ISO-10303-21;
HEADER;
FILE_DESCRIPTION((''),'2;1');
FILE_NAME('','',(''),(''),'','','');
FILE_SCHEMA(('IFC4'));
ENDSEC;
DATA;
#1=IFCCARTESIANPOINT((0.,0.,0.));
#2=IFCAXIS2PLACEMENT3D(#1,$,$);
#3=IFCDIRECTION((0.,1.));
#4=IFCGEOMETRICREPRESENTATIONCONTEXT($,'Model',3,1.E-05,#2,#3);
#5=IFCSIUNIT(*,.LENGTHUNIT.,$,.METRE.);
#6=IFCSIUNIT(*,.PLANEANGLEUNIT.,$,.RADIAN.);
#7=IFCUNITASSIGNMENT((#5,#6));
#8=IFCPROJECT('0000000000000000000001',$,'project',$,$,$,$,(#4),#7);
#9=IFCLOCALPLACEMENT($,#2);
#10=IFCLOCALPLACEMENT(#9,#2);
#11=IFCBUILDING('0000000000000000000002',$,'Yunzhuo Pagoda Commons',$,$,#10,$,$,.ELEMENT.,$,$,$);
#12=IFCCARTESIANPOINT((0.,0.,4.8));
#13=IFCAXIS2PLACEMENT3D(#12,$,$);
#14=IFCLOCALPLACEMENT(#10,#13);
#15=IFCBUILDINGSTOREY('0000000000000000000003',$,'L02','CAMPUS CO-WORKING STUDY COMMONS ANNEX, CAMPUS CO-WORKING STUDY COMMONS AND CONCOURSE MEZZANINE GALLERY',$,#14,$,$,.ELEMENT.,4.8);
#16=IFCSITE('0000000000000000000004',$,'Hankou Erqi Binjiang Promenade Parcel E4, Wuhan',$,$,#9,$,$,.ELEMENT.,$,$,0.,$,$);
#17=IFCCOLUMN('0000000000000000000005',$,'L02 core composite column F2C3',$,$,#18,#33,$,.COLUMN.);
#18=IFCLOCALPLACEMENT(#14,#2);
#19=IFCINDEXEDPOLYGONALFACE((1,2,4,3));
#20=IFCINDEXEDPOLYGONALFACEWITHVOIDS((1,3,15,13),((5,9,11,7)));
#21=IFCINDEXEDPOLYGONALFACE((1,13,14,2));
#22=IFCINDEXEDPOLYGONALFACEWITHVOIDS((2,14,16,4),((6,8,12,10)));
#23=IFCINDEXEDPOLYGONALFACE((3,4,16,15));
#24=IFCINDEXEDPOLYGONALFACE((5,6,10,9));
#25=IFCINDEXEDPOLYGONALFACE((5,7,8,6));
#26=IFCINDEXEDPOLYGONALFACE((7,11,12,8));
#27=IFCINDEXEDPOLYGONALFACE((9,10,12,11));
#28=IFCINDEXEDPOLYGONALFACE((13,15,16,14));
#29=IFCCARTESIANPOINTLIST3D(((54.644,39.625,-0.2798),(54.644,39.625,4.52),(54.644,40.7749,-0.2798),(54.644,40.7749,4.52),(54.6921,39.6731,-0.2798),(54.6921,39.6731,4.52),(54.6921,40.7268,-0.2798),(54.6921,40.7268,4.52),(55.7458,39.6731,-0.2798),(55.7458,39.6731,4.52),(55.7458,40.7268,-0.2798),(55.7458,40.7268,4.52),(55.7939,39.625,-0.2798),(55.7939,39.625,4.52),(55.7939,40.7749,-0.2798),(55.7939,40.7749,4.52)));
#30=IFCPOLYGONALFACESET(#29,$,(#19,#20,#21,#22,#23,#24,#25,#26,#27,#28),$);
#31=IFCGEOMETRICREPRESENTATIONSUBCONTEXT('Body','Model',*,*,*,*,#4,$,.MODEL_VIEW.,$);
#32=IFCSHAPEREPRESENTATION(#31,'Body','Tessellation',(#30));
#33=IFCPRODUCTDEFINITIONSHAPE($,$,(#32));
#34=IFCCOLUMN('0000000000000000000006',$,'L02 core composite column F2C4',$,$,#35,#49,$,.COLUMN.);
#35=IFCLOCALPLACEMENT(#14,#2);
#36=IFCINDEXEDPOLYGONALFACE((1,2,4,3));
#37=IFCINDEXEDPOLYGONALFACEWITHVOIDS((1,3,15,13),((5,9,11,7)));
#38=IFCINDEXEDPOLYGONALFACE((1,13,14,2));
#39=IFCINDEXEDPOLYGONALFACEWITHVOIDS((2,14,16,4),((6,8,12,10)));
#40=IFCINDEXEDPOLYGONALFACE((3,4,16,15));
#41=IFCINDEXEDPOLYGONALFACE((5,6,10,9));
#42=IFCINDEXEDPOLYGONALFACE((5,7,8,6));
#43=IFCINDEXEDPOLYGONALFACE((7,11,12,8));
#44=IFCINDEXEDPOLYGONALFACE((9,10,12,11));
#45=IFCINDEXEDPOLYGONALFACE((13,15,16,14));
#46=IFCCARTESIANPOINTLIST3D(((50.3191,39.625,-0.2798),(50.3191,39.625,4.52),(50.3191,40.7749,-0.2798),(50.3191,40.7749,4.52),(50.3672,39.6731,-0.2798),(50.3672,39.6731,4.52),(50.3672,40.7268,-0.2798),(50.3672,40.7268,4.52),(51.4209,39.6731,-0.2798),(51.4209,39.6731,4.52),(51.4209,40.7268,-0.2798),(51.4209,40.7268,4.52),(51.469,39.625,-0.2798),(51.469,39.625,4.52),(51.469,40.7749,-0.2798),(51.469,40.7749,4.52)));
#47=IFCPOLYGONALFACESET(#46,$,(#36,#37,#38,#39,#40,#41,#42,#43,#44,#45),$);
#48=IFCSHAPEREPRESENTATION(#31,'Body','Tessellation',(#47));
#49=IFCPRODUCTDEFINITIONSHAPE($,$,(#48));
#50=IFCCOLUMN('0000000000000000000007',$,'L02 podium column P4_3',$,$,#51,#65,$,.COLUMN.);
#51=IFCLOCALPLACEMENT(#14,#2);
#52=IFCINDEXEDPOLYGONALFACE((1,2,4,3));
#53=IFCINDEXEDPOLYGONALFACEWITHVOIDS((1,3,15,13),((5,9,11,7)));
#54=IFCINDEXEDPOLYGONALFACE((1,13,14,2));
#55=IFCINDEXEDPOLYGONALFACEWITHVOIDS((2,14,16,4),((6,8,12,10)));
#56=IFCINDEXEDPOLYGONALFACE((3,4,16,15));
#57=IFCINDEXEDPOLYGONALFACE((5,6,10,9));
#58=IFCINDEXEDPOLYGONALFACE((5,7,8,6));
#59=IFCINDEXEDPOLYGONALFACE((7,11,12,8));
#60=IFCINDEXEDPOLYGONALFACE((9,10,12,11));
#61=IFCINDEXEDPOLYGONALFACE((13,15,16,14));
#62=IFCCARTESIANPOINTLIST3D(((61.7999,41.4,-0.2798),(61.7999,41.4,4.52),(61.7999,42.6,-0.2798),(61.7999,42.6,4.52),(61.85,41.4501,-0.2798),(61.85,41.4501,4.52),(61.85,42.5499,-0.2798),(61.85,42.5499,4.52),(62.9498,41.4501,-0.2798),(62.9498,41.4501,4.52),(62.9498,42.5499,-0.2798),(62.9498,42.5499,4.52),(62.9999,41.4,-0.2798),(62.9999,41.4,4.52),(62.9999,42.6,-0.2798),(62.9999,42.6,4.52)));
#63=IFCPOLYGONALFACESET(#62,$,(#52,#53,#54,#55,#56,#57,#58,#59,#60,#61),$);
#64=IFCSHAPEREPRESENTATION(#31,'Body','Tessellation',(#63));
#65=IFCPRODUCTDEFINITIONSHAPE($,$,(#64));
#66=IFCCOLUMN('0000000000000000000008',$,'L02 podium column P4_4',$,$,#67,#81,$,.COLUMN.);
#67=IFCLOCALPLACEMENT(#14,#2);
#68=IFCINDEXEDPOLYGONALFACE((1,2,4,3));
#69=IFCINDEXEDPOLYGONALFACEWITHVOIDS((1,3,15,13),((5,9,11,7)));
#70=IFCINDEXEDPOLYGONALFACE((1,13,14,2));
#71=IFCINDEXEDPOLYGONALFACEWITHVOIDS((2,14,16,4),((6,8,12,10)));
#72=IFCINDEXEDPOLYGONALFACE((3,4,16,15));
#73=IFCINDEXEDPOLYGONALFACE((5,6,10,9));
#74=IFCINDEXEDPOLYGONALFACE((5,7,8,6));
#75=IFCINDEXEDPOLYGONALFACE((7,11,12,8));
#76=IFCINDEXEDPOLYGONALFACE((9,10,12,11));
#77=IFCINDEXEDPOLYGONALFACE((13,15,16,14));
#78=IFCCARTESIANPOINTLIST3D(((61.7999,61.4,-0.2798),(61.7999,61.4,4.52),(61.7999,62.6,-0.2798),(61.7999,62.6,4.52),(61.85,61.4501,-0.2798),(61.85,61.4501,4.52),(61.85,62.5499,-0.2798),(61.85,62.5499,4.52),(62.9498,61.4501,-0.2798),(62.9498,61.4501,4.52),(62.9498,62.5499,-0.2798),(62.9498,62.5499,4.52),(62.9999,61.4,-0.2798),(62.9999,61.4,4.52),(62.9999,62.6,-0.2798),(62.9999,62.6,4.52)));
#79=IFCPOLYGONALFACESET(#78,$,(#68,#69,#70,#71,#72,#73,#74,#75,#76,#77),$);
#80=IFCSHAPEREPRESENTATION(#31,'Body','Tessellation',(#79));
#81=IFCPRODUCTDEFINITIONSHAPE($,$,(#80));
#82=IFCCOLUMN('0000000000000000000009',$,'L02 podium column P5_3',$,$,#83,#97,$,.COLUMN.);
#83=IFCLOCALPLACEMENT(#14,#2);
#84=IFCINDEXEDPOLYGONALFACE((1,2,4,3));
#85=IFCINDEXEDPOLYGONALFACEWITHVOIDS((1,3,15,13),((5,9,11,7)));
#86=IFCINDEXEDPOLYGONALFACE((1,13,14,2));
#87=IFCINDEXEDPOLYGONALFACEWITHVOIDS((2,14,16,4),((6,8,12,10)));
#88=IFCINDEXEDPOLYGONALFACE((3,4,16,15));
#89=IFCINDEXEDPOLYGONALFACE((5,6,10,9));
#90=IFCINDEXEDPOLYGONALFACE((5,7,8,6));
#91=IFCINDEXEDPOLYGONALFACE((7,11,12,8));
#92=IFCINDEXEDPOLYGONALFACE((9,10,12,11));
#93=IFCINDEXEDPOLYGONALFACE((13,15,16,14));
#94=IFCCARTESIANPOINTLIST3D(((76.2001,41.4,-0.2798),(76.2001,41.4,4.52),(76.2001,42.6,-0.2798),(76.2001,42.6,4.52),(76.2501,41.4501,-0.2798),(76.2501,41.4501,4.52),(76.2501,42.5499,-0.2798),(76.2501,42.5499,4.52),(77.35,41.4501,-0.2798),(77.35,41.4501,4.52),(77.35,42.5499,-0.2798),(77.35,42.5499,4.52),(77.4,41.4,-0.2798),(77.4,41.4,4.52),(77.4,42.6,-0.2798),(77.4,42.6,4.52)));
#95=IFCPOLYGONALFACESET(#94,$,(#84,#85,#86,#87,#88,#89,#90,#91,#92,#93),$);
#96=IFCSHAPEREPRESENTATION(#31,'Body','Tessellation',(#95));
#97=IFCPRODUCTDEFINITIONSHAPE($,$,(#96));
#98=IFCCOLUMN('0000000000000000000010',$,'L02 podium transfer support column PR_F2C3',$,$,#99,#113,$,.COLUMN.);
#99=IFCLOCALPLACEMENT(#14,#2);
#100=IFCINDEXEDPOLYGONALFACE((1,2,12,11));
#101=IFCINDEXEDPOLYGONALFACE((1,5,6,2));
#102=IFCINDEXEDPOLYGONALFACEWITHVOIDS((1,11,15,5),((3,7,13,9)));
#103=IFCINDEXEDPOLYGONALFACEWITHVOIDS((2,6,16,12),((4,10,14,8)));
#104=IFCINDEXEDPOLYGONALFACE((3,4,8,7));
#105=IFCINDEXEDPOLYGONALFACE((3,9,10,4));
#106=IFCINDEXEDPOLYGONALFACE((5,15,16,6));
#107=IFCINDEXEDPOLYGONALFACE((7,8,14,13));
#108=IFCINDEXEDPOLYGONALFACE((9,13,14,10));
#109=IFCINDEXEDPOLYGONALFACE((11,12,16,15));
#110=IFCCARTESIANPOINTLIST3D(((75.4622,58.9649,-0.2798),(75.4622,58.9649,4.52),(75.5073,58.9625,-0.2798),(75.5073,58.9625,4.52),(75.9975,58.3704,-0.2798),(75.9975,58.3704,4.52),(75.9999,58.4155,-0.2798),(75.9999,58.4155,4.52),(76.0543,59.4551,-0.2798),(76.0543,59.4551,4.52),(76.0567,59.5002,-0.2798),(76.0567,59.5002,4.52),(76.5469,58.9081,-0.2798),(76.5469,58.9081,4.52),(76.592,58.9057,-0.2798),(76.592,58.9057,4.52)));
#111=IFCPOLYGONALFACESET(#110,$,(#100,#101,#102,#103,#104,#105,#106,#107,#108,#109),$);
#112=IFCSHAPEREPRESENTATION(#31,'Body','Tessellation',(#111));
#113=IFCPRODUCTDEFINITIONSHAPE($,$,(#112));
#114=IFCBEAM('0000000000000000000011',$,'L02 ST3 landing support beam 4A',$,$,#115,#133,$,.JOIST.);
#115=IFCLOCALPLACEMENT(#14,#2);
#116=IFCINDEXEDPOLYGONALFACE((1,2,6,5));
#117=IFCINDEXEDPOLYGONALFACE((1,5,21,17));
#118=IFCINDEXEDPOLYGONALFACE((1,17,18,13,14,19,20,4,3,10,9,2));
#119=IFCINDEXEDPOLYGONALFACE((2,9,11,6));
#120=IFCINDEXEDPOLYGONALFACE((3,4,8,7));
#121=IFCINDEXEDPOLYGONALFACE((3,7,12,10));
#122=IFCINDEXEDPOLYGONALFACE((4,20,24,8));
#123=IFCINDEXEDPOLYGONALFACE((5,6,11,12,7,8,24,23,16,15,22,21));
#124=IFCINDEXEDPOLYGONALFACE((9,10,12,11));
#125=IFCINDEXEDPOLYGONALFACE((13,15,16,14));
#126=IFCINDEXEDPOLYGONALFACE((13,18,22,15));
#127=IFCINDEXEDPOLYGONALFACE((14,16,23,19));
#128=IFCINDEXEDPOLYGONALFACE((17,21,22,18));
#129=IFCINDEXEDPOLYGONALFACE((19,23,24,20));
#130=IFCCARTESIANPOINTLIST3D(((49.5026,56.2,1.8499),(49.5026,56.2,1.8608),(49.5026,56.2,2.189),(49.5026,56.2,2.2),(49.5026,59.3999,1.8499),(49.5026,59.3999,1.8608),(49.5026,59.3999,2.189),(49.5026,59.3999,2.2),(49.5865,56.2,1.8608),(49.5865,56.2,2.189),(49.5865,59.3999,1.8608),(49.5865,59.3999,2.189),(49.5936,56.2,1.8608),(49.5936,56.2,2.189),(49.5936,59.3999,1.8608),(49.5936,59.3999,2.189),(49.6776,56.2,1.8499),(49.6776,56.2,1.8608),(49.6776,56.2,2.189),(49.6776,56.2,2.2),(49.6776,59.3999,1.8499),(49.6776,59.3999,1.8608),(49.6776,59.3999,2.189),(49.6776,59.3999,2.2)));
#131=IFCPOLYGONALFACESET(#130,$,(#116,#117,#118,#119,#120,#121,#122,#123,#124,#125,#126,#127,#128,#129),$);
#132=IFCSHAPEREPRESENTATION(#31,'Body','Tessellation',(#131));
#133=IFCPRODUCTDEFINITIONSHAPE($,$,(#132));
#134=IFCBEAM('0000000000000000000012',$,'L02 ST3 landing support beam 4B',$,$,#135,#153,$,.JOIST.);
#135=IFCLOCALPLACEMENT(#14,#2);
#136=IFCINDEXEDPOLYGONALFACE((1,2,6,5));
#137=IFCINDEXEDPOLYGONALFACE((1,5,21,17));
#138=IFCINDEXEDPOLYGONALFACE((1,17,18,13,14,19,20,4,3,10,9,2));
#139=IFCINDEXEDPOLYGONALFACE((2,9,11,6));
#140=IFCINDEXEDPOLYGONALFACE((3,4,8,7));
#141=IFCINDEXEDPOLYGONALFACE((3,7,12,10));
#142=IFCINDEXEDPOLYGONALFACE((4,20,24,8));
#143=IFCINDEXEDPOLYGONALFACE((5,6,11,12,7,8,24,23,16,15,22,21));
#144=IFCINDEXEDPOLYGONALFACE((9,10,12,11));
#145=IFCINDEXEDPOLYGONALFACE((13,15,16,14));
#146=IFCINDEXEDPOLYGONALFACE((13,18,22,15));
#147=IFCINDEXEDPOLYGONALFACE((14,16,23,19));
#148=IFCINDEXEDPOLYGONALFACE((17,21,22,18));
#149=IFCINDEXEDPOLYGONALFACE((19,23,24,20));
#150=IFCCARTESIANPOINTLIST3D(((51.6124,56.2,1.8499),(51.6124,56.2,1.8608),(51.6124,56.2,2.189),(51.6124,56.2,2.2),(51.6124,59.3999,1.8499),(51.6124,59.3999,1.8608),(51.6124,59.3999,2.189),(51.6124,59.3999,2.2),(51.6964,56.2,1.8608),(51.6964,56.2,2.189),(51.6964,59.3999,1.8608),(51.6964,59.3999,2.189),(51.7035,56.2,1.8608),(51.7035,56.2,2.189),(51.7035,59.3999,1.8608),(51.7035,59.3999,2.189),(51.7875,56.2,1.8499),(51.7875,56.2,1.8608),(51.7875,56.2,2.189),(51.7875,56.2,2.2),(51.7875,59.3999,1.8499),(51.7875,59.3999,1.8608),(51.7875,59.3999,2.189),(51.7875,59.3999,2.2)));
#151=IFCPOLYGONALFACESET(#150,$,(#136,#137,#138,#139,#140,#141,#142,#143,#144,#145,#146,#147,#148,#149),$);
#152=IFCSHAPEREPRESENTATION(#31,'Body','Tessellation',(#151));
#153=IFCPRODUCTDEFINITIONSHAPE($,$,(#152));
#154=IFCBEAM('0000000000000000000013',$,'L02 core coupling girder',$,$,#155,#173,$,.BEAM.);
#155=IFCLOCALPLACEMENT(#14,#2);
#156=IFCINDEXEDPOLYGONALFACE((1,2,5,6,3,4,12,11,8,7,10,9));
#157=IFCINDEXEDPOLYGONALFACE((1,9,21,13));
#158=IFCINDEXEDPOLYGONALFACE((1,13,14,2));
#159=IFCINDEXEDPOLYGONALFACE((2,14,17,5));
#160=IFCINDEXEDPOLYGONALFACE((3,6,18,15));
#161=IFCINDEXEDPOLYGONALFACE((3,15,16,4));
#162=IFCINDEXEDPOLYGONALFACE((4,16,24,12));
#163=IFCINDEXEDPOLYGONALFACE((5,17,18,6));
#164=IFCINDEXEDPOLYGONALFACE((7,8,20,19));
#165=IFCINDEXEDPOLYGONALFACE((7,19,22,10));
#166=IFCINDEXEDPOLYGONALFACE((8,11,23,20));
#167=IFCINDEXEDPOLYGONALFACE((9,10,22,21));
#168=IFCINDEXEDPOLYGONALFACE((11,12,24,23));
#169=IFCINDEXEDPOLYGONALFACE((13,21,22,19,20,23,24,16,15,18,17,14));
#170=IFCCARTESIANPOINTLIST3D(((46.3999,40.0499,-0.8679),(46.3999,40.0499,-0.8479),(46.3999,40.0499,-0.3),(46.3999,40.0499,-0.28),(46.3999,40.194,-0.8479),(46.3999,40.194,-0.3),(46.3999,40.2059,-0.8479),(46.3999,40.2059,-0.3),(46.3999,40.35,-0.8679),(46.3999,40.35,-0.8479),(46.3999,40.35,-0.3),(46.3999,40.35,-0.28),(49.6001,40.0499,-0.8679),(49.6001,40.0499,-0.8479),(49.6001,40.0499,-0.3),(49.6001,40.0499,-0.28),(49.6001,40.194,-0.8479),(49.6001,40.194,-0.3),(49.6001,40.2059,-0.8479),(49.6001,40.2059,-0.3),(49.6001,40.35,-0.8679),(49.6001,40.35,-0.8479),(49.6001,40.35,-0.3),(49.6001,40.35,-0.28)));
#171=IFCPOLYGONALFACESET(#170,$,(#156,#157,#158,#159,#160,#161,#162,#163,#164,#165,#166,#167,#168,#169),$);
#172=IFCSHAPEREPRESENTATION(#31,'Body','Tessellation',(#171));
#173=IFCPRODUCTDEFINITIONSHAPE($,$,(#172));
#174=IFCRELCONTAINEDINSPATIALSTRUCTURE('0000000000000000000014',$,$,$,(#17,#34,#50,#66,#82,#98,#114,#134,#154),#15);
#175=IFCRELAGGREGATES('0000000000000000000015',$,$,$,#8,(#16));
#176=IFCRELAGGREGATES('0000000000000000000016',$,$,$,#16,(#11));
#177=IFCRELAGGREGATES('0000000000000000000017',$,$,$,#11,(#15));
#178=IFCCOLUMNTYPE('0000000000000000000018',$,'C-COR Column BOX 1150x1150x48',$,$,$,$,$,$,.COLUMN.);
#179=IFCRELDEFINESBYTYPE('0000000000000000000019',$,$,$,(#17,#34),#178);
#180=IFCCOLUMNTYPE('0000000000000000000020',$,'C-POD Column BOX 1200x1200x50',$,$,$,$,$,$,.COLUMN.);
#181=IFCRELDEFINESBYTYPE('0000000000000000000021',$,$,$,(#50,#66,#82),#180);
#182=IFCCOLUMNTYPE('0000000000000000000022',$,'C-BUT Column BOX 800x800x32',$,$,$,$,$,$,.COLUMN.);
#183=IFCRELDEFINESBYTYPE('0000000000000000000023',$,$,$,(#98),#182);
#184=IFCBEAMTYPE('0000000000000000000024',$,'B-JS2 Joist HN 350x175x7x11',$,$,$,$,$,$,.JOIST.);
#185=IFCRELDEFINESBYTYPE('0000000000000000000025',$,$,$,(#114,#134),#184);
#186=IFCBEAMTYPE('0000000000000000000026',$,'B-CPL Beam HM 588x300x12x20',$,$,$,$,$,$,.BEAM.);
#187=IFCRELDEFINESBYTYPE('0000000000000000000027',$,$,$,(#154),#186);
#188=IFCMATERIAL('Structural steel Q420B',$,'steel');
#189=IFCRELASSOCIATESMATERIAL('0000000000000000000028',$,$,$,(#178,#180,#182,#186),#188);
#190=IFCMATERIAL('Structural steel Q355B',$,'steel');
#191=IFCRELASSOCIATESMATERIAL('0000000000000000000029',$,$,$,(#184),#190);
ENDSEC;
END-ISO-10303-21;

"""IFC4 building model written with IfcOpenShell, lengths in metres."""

from ifc_helpers import new_model, si_unit, direction, frame, origin, origin_2d, place, context, subcontext, project, spatial, hollow_rectangle, i_section, extrude, source, transform, mapped, material, material_profile, profile_set, type_object, element, save


model = new_model("IFC4")

# Units and contexts
model_context = context("Model", 3, precision=1e-05, world=origin(), true_north=direction((0.0, 1.0)))
body_context = subcontext(model_context, "Body", "Model", "MODEL_VIEW")
ifc_project = project(units=[si_unit("LENGTHUNIT", "METRE"), si_unit("PLANEANGLEUNIT", "RADIAN")], contexts=[model_context])

# Site, building, storey
site_placement = place(None, origin())
site = spatial("IfcSite", under=ifc_project, at=site_placement, Name="Hankou Erqi Binjiang Promenade Parcel E4, Wuhan", CompositionType="ELEMENT", RefElevation=0.0)
building_placement = place(site_placement, origin())
building = spatial("IfcBuilding", under=site, at=building_placement, Name="Yunzhuo Pagoda Commons", CompositionType="ELEMENT")
storey_placement = place(building_placement, frame((0.0, 0.0, 4.8)))
storey = spatial("IfcBuildingStorey", under=building, at=storey_placement, Name="L02", Description="CAMPUS CO-WORKING STUDY COMMONS ANNEX, CAMPUS CO-WORKING STUDY COMMONS AND CONCOURSE MEZZANINE GALLERY", CompositionType="ELEMENT", Elevation=4.8)

# Columns
ifc_material_1 = material(Name="Structural steel Q420B", Category="steel")
ifc_material_profile_1 = material_profile(ifc_material_1, hollow_rectangle(XDim=1.1499, YDim=1.1499, WallThickness=0.0481, at=origin_2d()), Name="Structural steel Q420B")
ifc_profile_set_1 = profile_set([ifc_material_profile_1], Name="Structural steel Q420B")
column_type_1 = type_object("IfcColumnType", Name="C-COR Column BOX 1150x1150x48", PredefinedType="COLUMN", material=ifc_profile_set_1)
shared_shape_1 = source(origin(), body_context, "Body", "SweptSolid", [
    extrude(hollow_rectangle(XDim=1.1499, YDim=1.1499, WallThickness=0.0481, at=origin_2d()), origin(), (0.0, 0.0, 1.0), 4.7998),
])
for number, where, z_axis, x_axis, name in (
    (1, (55.219, 40.2, -0.2798), (0.0, 0.0, 1.0), (1.0, 0.0, 0.0), "L02 core composite column F2C3"),
    (2, (50.894, 40.2, -0.2798), (0.0, 0.0, 1.0), (1.0, 0.0, 0.0), "L02 core composite column F2C4"),
):
    element("IfcColumn", number, at=place(storey_placement, frame(where, z_axis=z_axis, x_axis=x_axis)), inside=storey, type_object=column_type_1, Name=name, PredefinedType="COLUMN", context=body_context, shape_type="MappedRepresentation", body=[
        mapped(shared_shape_1, transform((0.0, 0.0, 0.0), scale=1.0)),
    ])
ifc_material_profile_2 = material_profile(ifc_material_1, hollow_rectangle(XDim=1.2, YDim=1.2, WallThickness=0.05, at=origin_2d()), Name="Structural steel Q420B")
ifc_profile_set_2 = profile_set([ifc_material_profile_2], Name="Structural steel Q420B")
column_type_2 = type_object("IfcColumnType", Name="C-POD Column BOX 1200x1200x50", PredefinedType="COLUMN", material=ifc_profile_set_2)
shared_shape_2 = source(origin(), body_context, "Body", "SweptSolid", [
    extrude(hollow_rectangle(XDim=1.2, YDim=1.2, WallThickness=0.05, at=origin_2d()), origin(), (0.0, 0.0, 1.0), 4.7998),
])
for number, where, z_axis, x_axis, name in (
    (3, (62.3999, 42.0, -0.2798), (0.0, 0.0, 1.0), (1.0, 0.0, 0.0), "L02 podium column P4_3"),
    (4, (62.3999, 62.0, -0.2798), (0.0, 0.0, 1.0), (1.0, 0.0, 0.0), "L02 podium column P4_4"),
    (5, (76.8, 42.0, -0.2798), (0.0, 0.0, 1.0), (1.0, 0.0, 0.0), "L02 podium column P5_3"),
):
    element("IfcColumn", number, at=place(storey_placement, frame(where, z_axis=z_axis, x_axis=x_axis)), inside=storey, type_object=column_type_2, Name=name, PredefinedType="COLUMN", context=body_context, shape_type="MappedRepresentation", body=[
        mapped(shared_shape_2, transform((0.0, 0.0, 0.0), scale=1.0)),
    ])
ifc_material_profile_3 = material_profile(ifc_material_1, hollow_rectangle(XDim=0.8, YDim=0.8, WallThickness=0.032, at=origin_2d()), Name="Structural steel Q420B")
ifc_profile_set_3 = profile_set([ifc_material_profile_3], Name="Structural steel Q420B")
column_type_3 = type_object("IfcColumnType", Name="C-BUT Column BOX 800x800x32", PredefinedType="COLUMN", material=ifc_profile_set_3)
shared_shape_3 = source(origin(), body_context, "Body", "SweptSolid", [
    extrude(hollow_rectangle(XDim=0.8, YDim=0.8, WallThickness=0.032, at=origin_2d()), origin(), (0.0, 0.0, 1.0), 4.7998),
])
column_placement = place(storey_placement, frame((76.0271, 58.9353, -0.2798), z_axis=(0.0, 0.0, 1.0), x_axis=(-0.669131, 0.743145, 0.0)))
element("IfcColumn", 6, at=column_placement, inside=storey, type_object=column_type_3, Name="L02 podium transfer support column PR_F2C3", PredefinedType="COLUMN", context=body_context, shape_type="MappedRepresentation", body=[
    mapped(shared_shape_3, transform((0.0, 0.0, 0.0), scale=1.0)),
])

# Beams
ifc_material_2 = material(Name="Structural steel Q355B", Category="steel")
ifc_material_profile_4 = material_profile(ifc_material_2, i_section(OverallWidth=0.175, OverallDepth=0.3501, WebThickness=0.0071, FlangeThickness=0.011, at=origin_2d()), Name="Structural steel Q355B")
ifc_profile_set_4 = profile_set([ifc_material_profile_4], Name="Structural steel Q355B")
beam_type_1 = type_object("IfcBeamType", Name="B-JS2 Joist HN 350x175x7x11", PredefinedType="JOIST", material=ifc_profile_set_4)
shared_shape_4 = source(origin(), body_context, "Body", "SweptSolid", [
    extrude(i_section(OverallWidth=0.175, OverallDepth=0.3501, WebThickness=0.0071, FlangeThickness=0.011, at=origin_2d()), origin(), (0.0, 0.0, 1.0), 3.2),
])
for number, where, z_axis, x_axis, name in (
    (7, (49.5901, 56.2, 2.0249), (0.0, 1.0, 0.0), (-1.0, 0.0, 0.0), "L02 ST3 landing support beam 4A"),
    (8, (51.7, 56.2, 2.0249), (0.0, 1.0, 0.0), (-1.0, 0.0, 0.0), "L02 ST3 landing support beam 4B"),
):
    element("IfcBeam", number, at=place(storey_placement, frame(where, z_axis=z_axis, x_axis=x_axis)), inside=storey, type_object=beam_type_1, Name=name, PredefinedType="JOIST", context=body_context, shape_type="MappedRepresentation", body=[
        mapped(shared_shape_4, transform((0.0, 0.0, 0.0), scale=1.0)),
    ])
ifc_material_profile_5 = material_profile(ifc_material_1, i_section(OverallWidth=0.3, OverallDepth=0.5879, WebThickness=0.012, FlangeThickness=0.02, at=origin_2d()), Name="Structural steel Q420B")
ifc_profile_set_5 = profile_set([ifc_material_profile_5], Name="Structural steel Q420B")
beam_type_2 = type_object("IfcBeamType", Name="B-CPL Beam HM 588x300x12x20", PredefinedType="BEAM", material=ifc_profile_set_5)
shared_shape_5 = source(origin(), body_context, "Body", "SweptSolid", [
    extrude(i_section(OverallWidth=0.3, OverallDepth=0.5879, WebThickness=0.012, FlangeThickness=0.02, at=origin_2d()), origin(), (0.0, 0.0, 1.0), 3.2002),
])
beam_1_placement = place(storey_placement, frame((46.3999, 40.2, -0.574), z_axis=(1.0, 0.0, 0.0), x_axis=(0.0, 1.0, 0.0)))
element("IfcBeam", 9, at=beam_1_placement, inside=storey, type_object=beam_type_2, Name="L02 core coupling girder", PredefinedType="BEAM", context=body_context, shape_type="MappedRepresentation", body=[
    mapped(shared_shape_5, transform((0.0, 0.0, 0.0), scale=1.0)),
])

save(model, "model.ifc")
